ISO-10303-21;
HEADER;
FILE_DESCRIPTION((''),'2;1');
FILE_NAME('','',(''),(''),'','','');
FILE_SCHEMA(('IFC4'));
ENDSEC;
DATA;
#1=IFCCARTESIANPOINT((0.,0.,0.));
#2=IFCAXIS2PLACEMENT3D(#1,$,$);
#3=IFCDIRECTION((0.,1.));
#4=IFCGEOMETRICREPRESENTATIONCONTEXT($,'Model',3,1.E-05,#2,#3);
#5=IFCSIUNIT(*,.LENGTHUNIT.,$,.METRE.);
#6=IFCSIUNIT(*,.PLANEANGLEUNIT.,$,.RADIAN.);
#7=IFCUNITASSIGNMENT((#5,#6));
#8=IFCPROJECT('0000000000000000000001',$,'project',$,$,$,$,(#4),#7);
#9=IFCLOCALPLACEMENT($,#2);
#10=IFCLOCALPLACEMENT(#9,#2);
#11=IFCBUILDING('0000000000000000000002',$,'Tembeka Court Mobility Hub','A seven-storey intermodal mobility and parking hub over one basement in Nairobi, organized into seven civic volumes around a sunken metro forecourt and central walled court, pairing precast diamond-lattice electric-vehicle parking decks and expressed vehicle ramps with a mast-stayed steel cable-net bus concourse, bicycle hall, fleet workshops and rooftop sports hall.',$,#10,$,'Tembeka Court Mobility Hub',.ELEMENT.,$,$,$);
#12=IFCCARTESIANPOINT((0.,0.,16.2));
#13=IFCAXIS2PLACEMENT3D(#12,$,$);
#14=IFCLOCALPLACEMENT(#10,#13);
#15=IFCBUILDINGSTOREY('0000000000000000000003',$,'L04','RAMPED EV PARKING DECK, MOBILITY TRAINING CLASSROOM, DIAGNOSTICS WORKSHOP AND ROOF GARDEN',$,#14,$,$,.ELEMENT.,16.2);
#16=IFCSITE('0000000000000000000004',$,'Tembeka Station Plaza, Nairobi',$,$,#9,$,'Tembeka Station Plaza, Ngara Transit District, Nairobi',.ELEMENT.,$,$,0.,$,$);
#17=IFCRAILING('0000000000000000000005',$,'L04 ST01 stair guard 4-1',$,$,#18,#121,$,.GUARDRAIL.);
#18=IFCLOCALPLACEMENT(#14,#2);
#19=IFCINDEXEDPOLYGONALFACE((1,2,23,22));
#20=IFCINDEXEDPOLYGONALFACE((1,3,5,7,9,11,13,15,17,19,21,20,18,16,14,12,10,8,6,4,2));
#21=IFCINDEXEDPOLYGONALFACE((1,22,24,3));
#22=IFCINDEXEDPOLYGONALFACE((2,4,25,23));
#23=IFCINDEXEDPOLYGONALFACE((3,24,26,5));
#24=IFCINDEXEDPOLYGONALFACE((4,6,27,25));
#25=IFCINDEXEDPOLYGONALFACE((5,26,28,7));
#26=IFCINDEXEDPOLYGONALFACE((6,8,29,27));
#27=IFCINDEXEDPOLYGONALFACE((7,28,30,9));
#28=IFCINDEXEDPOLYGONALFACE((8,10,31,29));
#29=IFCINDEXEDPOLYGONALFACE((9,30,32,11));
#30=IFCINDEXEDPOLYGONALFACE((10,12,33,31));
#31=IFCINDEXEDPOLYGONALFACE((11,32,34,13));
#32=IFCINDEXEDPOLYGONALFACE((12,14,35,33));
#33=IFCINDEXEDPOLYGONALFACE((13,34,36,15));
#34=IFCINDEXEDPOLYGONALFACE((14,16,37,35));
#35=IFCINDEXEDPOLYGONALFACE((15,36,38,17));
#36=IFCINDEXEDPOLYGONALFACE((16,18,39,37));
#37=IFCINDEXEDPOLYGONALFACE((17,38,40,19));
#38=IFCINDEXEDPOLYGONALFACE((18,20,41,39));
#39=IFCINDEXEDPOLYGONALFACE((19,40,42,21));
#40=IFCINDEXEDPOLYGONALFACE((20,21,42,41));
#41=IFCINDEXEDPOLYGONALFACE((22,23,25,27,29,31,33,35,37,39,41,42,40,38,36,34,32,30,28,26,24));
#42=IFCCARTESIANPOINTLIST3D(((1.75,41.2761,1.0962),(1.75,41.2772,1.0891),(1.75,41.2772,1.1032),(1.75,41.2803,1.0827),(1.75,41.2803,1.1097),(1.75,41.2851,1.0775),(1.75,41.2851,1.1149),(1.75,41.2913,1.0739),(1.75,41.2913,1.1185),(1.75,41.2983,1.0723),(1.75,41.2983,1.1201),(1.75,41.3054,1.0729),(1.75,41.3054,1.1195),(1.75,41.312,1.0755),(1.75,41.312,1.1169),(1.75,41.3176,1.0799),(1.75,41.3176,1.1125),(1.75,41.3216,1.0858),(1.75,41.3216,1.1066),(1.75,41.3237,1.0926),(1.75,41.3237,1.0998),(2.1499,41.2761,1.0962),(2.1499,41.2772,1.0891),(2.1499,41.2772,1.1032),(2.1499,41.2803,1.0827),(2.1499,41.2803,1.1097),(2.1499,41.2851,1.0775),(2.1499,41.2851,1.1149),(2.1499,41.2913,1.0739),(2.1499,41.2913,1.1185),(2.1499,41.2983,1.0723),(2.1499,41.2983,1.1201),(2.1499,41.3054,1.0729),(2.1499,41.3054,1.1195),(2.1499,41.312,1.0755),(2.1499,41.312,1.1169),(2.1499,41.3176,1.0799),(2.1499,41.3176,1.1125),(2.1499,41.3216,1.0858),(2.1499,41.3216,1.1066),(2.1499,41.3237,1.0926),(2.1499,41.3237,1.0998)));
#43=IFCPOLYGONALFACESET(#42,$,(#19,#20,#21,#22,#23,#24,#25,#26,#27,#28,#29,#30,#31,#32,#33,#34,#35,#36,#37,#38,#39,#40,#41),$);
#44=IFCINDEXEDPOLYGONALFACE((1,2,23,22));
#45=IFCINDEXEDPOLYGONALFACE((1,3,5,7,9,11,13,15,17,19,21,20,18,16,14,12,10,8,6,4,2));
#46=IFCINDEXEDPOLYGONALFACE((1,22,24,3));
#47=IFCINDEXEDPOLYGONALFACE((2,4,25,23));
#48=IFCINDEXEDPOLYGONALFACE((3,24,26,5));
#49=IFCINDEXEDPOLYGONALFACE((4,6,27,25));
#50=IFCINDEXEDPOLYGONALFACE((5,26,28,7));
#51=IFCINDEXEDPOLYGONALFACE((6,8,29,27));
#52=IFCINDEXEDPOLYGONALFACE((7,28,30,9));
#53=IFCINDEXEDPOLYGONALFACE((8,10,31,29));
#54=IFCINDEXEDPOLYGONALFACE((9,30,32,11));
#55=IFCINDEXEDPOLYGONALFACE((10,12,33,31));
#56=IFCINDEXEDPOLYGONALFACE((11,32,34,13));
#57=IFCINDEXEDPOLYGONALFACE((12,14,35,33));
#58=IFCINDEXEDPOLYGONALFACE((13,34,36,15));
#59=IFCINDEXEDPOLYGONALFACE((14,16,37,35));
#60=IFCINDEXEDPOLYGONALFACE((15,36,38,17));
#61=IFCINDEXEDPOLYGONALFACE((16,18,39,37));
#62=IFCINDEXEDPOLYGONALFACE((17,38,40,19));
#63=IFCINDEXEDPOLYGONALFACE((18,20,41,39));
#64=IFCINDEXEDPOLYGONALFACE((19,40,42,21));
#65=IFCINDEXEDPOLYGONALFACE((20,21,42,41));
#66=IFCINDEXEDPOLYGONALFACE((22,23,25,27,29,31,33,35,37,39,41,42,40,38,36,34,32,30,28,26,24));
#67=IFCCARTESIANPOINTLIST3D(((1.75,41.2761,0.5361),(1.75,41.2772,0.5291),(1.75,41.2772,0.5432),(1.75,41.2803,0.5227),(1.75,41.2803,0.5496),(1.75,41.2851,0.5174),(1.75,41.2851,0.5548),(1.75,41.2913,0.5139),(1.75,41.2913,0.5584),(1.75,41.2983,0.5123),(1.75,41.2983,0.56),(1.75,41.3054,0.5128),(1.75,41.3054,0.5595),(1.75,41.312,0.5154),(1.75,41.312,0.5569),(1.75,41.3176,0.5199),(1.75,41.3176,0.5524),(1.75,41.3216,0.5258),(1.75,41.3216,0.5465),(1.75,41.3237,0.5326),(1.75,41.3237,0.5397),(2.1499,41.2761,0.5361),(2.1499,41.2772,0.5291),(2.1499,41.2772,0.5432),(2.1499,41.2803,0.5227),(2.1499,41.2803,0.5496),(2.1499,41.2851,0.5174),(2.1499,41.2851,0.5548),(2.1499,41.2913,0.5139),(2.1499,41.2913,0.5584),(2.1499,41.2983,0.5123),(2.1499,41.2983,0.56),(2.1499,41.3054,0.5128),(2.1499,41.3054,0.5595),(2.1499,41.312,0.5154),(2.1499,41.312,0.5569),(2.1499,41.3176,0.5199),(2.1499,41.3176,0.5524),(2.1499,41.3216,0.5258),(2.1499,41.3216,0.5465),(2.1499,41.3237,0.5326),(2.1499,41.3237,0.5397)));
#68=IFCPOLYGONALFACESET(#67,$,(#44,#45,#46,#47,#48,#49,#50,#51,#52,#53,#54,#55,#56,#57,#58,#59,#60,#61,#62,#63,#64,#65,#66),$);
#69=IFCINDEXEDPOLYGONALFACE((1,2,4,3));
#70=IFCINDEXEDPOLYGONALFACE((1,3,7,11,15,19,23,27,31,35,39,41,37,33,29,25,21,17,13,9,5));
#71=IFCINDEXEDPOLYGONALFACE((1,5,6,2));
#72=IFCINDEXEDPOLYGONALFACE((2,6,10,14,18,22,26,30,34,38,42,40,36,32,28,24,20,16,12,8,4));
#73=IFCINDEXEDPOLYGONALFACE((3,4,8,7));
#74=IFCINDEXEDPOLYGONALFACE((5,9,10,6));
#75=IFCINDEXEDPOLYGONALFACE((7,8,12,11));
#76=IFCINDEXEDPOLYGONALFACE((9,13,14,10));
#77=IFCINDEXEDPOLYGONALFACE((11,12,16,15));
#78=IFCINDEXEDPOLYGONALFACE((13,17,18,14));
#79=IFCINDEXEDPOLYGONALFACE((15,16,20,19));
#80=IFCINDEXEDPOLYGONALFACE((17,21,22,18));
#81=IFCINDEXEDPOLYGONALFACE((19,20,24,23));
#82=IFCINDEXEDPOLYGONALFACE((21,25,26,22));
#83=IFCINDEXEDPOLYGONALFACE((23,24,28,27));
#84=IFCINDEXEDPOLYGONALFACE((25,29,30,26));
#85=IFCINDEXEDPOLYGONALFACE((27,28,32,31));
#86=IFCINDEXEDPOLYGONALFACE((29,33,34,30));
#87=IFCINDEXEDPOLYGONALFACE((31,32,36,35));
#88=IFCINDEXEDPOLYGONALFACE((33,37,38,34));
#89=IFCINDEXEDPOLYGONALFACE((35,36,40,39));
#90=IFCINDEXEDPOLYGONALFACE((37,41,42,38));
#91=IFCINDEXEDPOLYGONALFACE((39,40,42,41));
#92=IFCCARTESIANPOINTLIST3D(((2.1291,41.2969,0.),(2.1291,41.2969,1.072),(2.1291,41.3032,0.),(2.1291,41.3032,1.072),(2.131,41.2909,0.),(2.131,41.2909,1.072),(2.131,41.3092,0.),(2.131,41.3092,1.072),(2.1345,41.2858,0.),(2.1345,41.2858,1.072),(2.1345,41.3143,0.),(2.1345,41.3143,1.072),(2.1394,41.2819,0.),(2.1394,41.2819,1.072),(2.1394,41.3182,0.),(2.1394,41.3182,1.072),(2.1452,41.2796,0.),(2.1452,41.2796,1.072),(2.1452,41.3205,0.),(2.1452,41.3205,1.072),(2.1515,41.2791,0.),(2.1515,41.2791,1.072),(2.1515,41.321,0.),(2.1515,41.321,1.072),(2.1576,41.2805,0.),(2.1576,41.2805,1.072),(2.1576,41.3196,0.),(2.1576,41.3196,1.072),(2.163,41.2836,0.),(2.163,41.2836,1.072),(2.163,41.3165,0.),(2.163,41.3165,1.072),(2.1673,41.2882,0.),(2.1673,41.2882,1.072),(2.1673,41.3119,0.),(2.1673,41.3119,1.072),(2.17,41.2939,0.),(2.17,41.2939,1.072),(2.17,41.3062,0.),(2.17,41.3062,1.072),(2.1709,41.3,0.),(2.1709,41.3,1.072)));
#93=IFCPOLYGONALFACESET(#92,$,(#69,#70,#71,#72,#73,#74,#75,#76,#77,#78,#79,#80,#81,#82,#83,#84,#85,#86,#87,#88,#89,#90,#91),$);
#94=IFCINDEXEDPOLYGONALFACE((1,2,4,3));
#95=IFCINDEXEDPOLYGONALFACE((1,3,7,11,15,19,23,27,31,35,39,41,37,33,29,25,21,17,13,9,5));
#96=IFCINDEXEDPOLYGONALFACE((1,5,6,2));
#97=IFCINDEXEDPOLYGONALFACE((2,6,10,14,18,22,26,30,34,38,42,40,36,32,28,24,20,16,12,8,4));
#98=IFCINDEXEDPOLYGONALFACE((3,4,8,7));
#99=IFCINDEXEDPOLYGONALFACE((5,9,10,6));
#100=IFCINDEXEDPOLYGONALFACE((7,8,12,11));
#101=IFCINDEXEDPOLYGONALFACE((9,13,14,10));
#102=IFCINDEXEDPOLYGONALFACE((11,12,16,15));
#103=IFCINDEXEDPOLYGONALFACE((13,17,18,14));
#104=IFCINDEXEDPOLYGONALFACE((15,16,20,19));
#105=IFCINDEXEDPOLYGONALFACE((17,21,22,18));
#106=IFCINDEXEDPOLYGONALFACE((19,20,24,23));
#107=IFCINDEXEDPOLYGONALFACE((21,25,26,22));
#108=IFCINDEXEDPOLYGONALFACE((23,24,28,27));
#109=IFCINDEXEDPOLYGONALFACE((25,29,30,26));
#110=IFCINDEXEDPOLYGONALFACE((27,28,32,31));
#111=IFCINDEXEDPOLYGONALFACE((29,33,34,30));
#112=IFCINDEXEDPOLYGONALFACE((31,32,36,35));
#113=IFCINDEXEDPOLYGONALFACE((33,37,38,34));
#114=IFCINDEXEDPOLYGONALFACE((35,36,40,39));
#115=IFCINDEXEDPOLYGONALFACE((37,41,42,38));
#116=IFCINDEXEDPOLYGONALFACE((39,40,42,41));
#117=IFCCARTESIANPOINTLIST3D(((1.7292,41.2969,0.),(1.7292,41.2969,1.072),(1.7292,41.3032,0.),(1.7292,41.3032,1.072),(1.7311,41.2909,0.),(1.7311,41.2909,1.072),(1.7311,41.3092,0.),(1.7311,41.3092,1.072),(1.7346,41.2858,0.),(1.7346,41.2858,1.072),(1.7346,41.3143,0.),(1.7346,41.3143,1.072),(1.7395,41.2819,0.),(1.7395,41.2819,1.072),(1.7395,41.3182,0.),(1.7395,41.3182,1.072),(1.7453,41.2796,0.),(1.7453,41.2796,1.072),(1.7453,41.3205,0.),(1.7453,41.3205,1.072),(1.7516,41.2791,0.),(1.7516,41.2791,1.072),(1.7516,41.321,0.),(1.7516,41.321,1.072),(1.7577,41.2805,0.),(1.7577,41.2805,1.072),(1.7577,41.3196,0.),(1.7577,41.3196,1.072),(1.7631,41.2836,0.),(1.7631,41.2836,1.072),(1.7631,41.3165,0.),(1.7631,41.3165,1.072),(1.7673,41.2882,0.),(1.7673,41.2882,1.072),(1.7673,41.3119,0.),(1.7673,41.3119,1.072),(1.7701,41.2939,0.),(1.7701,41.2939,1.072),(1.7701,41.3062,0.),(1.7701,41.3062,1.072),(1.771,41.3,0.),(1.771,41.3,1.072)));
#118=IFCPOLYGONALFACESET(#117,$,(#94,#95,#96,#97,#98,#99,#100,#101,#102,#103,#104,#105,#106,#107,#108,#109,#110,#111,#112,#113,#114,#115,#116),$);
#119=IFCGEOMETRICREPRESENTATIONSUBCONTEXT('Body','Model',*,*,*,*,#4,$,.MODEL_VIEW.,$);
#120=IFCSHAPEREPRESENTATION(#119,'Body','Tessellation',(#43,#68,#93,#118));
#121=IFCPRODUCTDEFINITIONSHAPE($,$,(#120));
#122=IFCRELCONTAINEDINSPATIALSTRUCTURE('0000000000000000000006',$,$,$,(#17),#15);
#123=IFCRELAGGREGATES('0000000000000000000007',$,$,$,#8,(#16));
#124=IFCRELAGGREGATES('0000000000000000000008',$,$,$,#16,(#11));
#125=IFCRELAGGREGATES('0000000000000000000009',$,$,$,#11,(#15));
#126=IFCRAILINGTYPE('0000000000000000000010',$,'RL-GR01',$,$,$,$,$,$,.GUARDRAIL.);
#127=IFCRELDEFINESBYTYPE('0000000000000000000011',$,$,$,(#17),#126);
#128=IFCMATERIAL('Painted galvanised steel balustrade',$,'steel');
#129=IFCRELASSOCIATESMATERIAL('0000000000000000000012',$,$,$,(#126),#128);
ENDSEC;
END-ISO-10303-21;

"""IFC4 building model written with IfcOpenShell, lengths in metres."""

from ifc_helpers import new_model, si_unit, direction, frame, origin, origin_2d, place, context, subcontext, project, spatial, circle, extrude, material, type_object, element, save


model = new_model("IFC4")

# Units and contexts
model_context = context("Model", 3, precision=1e-05, world=origin(), true_north=direction((0.0, 1.0)))
body_context = subcontext(model_context, "Body", "Model", "MODEL_VIEW")
ifc_project = project(units=[si_unit("LENGTHUNIT", "METRE"), si_unit("PLANEANGLEUNIT", "RADIAN")], contexts=[model_context])

# Site, building, storey
site_placement = place(None, origin())
site = spatial("IfcSite", under=ifc_project, at=site_placement, Name="Tembeka Station Plaza, Nairobi", LongName="Tembeka Station Plaza, Ngara Transit District, Nairobi", CompositionType="ELEMENT", RefElevation=0.0)
building_placement = place(site_placement, origin())
building = spatial("IfcBuilding", under=site, at=building_placement, Name="Tembeka Court Mobility Hub", Description="A seven-storey intermodal mobility and parking hub over one basement in Nairobi, organized into seven civic volumes around a sunken metro forecourt and central walled court, pairing precast diamond-lattice electric-vehicle parking decks and expressed vehicle ramps with a mast-stayed steel cable-net bus concourse, bicycle hall, fleet workshops and rooftop sports hall.", LongName="Tembeka Court Mobility Hub", CompositionType="ELEMENT")
storey_placement = place(building_placement, frame((0.0, 0.0, 16.2)))
storey = spatial("IfcBuildingStorey", under=building, at=storey_placement, Name="L04", Description="RAMPED EV PARKING DECK, MOBILITY TRAINING CLASSROOM, DIAGNOSTICS WORKSHOP AND ROOF GARDEN", CompositionType="ELEMENT", Elevation=16.2)

# Railing
ifc_material_1 = material(Name="Painted galvanised steel balustrade", Category="steel")
railing_type_1 = type_object("IfcRailingType", Name="RL-GR01", PredefinedType="GUARDRAIL", material=ifc_material_1)
railing_1_placement = place(storey_placement, frame((2.1499, 41.3, 0.0)))
element("IfcRailing", 1, at=railing_1_placement, inside=storey, type_object=railing_type_1, Name="L04 ST01 stair guard 4-1", PredefinedType="GUARDRAIL", context=body_context, shape_type="SweptSolid", body=[
    extrude(circle(Radius=0.0239, at=origin_2d()), frame((0.0, 0.0, 1.0962), z_axis=(-1.0, 0.0, 0.0), x_axis=(0.0, -1.0, 0.0)), (0.0, 0.0, 1.0), 0.3999),
    extrude(circle(Radius=0.0239, at=origin_2d()), frame((0.0, 0.0, 0.5361), z_axis=(-1.0, 0.0, 0.0), x_axis=(0.0, -1.0, 0.0)), (0.0, 0.0, 1.0), 0.3999),
    extrude(circle(Radius=0.021, at=origin_2d()), origin(), (0.0, 0.0, 1.0), 1.072),
    extrude(circle(Radius=0.021, at=origin_2d()), frame((-0.3999, 0.0, 0.0)), (0.0, 0.0, 1.0), 1.072),
])

save(model, "model.ifc")
